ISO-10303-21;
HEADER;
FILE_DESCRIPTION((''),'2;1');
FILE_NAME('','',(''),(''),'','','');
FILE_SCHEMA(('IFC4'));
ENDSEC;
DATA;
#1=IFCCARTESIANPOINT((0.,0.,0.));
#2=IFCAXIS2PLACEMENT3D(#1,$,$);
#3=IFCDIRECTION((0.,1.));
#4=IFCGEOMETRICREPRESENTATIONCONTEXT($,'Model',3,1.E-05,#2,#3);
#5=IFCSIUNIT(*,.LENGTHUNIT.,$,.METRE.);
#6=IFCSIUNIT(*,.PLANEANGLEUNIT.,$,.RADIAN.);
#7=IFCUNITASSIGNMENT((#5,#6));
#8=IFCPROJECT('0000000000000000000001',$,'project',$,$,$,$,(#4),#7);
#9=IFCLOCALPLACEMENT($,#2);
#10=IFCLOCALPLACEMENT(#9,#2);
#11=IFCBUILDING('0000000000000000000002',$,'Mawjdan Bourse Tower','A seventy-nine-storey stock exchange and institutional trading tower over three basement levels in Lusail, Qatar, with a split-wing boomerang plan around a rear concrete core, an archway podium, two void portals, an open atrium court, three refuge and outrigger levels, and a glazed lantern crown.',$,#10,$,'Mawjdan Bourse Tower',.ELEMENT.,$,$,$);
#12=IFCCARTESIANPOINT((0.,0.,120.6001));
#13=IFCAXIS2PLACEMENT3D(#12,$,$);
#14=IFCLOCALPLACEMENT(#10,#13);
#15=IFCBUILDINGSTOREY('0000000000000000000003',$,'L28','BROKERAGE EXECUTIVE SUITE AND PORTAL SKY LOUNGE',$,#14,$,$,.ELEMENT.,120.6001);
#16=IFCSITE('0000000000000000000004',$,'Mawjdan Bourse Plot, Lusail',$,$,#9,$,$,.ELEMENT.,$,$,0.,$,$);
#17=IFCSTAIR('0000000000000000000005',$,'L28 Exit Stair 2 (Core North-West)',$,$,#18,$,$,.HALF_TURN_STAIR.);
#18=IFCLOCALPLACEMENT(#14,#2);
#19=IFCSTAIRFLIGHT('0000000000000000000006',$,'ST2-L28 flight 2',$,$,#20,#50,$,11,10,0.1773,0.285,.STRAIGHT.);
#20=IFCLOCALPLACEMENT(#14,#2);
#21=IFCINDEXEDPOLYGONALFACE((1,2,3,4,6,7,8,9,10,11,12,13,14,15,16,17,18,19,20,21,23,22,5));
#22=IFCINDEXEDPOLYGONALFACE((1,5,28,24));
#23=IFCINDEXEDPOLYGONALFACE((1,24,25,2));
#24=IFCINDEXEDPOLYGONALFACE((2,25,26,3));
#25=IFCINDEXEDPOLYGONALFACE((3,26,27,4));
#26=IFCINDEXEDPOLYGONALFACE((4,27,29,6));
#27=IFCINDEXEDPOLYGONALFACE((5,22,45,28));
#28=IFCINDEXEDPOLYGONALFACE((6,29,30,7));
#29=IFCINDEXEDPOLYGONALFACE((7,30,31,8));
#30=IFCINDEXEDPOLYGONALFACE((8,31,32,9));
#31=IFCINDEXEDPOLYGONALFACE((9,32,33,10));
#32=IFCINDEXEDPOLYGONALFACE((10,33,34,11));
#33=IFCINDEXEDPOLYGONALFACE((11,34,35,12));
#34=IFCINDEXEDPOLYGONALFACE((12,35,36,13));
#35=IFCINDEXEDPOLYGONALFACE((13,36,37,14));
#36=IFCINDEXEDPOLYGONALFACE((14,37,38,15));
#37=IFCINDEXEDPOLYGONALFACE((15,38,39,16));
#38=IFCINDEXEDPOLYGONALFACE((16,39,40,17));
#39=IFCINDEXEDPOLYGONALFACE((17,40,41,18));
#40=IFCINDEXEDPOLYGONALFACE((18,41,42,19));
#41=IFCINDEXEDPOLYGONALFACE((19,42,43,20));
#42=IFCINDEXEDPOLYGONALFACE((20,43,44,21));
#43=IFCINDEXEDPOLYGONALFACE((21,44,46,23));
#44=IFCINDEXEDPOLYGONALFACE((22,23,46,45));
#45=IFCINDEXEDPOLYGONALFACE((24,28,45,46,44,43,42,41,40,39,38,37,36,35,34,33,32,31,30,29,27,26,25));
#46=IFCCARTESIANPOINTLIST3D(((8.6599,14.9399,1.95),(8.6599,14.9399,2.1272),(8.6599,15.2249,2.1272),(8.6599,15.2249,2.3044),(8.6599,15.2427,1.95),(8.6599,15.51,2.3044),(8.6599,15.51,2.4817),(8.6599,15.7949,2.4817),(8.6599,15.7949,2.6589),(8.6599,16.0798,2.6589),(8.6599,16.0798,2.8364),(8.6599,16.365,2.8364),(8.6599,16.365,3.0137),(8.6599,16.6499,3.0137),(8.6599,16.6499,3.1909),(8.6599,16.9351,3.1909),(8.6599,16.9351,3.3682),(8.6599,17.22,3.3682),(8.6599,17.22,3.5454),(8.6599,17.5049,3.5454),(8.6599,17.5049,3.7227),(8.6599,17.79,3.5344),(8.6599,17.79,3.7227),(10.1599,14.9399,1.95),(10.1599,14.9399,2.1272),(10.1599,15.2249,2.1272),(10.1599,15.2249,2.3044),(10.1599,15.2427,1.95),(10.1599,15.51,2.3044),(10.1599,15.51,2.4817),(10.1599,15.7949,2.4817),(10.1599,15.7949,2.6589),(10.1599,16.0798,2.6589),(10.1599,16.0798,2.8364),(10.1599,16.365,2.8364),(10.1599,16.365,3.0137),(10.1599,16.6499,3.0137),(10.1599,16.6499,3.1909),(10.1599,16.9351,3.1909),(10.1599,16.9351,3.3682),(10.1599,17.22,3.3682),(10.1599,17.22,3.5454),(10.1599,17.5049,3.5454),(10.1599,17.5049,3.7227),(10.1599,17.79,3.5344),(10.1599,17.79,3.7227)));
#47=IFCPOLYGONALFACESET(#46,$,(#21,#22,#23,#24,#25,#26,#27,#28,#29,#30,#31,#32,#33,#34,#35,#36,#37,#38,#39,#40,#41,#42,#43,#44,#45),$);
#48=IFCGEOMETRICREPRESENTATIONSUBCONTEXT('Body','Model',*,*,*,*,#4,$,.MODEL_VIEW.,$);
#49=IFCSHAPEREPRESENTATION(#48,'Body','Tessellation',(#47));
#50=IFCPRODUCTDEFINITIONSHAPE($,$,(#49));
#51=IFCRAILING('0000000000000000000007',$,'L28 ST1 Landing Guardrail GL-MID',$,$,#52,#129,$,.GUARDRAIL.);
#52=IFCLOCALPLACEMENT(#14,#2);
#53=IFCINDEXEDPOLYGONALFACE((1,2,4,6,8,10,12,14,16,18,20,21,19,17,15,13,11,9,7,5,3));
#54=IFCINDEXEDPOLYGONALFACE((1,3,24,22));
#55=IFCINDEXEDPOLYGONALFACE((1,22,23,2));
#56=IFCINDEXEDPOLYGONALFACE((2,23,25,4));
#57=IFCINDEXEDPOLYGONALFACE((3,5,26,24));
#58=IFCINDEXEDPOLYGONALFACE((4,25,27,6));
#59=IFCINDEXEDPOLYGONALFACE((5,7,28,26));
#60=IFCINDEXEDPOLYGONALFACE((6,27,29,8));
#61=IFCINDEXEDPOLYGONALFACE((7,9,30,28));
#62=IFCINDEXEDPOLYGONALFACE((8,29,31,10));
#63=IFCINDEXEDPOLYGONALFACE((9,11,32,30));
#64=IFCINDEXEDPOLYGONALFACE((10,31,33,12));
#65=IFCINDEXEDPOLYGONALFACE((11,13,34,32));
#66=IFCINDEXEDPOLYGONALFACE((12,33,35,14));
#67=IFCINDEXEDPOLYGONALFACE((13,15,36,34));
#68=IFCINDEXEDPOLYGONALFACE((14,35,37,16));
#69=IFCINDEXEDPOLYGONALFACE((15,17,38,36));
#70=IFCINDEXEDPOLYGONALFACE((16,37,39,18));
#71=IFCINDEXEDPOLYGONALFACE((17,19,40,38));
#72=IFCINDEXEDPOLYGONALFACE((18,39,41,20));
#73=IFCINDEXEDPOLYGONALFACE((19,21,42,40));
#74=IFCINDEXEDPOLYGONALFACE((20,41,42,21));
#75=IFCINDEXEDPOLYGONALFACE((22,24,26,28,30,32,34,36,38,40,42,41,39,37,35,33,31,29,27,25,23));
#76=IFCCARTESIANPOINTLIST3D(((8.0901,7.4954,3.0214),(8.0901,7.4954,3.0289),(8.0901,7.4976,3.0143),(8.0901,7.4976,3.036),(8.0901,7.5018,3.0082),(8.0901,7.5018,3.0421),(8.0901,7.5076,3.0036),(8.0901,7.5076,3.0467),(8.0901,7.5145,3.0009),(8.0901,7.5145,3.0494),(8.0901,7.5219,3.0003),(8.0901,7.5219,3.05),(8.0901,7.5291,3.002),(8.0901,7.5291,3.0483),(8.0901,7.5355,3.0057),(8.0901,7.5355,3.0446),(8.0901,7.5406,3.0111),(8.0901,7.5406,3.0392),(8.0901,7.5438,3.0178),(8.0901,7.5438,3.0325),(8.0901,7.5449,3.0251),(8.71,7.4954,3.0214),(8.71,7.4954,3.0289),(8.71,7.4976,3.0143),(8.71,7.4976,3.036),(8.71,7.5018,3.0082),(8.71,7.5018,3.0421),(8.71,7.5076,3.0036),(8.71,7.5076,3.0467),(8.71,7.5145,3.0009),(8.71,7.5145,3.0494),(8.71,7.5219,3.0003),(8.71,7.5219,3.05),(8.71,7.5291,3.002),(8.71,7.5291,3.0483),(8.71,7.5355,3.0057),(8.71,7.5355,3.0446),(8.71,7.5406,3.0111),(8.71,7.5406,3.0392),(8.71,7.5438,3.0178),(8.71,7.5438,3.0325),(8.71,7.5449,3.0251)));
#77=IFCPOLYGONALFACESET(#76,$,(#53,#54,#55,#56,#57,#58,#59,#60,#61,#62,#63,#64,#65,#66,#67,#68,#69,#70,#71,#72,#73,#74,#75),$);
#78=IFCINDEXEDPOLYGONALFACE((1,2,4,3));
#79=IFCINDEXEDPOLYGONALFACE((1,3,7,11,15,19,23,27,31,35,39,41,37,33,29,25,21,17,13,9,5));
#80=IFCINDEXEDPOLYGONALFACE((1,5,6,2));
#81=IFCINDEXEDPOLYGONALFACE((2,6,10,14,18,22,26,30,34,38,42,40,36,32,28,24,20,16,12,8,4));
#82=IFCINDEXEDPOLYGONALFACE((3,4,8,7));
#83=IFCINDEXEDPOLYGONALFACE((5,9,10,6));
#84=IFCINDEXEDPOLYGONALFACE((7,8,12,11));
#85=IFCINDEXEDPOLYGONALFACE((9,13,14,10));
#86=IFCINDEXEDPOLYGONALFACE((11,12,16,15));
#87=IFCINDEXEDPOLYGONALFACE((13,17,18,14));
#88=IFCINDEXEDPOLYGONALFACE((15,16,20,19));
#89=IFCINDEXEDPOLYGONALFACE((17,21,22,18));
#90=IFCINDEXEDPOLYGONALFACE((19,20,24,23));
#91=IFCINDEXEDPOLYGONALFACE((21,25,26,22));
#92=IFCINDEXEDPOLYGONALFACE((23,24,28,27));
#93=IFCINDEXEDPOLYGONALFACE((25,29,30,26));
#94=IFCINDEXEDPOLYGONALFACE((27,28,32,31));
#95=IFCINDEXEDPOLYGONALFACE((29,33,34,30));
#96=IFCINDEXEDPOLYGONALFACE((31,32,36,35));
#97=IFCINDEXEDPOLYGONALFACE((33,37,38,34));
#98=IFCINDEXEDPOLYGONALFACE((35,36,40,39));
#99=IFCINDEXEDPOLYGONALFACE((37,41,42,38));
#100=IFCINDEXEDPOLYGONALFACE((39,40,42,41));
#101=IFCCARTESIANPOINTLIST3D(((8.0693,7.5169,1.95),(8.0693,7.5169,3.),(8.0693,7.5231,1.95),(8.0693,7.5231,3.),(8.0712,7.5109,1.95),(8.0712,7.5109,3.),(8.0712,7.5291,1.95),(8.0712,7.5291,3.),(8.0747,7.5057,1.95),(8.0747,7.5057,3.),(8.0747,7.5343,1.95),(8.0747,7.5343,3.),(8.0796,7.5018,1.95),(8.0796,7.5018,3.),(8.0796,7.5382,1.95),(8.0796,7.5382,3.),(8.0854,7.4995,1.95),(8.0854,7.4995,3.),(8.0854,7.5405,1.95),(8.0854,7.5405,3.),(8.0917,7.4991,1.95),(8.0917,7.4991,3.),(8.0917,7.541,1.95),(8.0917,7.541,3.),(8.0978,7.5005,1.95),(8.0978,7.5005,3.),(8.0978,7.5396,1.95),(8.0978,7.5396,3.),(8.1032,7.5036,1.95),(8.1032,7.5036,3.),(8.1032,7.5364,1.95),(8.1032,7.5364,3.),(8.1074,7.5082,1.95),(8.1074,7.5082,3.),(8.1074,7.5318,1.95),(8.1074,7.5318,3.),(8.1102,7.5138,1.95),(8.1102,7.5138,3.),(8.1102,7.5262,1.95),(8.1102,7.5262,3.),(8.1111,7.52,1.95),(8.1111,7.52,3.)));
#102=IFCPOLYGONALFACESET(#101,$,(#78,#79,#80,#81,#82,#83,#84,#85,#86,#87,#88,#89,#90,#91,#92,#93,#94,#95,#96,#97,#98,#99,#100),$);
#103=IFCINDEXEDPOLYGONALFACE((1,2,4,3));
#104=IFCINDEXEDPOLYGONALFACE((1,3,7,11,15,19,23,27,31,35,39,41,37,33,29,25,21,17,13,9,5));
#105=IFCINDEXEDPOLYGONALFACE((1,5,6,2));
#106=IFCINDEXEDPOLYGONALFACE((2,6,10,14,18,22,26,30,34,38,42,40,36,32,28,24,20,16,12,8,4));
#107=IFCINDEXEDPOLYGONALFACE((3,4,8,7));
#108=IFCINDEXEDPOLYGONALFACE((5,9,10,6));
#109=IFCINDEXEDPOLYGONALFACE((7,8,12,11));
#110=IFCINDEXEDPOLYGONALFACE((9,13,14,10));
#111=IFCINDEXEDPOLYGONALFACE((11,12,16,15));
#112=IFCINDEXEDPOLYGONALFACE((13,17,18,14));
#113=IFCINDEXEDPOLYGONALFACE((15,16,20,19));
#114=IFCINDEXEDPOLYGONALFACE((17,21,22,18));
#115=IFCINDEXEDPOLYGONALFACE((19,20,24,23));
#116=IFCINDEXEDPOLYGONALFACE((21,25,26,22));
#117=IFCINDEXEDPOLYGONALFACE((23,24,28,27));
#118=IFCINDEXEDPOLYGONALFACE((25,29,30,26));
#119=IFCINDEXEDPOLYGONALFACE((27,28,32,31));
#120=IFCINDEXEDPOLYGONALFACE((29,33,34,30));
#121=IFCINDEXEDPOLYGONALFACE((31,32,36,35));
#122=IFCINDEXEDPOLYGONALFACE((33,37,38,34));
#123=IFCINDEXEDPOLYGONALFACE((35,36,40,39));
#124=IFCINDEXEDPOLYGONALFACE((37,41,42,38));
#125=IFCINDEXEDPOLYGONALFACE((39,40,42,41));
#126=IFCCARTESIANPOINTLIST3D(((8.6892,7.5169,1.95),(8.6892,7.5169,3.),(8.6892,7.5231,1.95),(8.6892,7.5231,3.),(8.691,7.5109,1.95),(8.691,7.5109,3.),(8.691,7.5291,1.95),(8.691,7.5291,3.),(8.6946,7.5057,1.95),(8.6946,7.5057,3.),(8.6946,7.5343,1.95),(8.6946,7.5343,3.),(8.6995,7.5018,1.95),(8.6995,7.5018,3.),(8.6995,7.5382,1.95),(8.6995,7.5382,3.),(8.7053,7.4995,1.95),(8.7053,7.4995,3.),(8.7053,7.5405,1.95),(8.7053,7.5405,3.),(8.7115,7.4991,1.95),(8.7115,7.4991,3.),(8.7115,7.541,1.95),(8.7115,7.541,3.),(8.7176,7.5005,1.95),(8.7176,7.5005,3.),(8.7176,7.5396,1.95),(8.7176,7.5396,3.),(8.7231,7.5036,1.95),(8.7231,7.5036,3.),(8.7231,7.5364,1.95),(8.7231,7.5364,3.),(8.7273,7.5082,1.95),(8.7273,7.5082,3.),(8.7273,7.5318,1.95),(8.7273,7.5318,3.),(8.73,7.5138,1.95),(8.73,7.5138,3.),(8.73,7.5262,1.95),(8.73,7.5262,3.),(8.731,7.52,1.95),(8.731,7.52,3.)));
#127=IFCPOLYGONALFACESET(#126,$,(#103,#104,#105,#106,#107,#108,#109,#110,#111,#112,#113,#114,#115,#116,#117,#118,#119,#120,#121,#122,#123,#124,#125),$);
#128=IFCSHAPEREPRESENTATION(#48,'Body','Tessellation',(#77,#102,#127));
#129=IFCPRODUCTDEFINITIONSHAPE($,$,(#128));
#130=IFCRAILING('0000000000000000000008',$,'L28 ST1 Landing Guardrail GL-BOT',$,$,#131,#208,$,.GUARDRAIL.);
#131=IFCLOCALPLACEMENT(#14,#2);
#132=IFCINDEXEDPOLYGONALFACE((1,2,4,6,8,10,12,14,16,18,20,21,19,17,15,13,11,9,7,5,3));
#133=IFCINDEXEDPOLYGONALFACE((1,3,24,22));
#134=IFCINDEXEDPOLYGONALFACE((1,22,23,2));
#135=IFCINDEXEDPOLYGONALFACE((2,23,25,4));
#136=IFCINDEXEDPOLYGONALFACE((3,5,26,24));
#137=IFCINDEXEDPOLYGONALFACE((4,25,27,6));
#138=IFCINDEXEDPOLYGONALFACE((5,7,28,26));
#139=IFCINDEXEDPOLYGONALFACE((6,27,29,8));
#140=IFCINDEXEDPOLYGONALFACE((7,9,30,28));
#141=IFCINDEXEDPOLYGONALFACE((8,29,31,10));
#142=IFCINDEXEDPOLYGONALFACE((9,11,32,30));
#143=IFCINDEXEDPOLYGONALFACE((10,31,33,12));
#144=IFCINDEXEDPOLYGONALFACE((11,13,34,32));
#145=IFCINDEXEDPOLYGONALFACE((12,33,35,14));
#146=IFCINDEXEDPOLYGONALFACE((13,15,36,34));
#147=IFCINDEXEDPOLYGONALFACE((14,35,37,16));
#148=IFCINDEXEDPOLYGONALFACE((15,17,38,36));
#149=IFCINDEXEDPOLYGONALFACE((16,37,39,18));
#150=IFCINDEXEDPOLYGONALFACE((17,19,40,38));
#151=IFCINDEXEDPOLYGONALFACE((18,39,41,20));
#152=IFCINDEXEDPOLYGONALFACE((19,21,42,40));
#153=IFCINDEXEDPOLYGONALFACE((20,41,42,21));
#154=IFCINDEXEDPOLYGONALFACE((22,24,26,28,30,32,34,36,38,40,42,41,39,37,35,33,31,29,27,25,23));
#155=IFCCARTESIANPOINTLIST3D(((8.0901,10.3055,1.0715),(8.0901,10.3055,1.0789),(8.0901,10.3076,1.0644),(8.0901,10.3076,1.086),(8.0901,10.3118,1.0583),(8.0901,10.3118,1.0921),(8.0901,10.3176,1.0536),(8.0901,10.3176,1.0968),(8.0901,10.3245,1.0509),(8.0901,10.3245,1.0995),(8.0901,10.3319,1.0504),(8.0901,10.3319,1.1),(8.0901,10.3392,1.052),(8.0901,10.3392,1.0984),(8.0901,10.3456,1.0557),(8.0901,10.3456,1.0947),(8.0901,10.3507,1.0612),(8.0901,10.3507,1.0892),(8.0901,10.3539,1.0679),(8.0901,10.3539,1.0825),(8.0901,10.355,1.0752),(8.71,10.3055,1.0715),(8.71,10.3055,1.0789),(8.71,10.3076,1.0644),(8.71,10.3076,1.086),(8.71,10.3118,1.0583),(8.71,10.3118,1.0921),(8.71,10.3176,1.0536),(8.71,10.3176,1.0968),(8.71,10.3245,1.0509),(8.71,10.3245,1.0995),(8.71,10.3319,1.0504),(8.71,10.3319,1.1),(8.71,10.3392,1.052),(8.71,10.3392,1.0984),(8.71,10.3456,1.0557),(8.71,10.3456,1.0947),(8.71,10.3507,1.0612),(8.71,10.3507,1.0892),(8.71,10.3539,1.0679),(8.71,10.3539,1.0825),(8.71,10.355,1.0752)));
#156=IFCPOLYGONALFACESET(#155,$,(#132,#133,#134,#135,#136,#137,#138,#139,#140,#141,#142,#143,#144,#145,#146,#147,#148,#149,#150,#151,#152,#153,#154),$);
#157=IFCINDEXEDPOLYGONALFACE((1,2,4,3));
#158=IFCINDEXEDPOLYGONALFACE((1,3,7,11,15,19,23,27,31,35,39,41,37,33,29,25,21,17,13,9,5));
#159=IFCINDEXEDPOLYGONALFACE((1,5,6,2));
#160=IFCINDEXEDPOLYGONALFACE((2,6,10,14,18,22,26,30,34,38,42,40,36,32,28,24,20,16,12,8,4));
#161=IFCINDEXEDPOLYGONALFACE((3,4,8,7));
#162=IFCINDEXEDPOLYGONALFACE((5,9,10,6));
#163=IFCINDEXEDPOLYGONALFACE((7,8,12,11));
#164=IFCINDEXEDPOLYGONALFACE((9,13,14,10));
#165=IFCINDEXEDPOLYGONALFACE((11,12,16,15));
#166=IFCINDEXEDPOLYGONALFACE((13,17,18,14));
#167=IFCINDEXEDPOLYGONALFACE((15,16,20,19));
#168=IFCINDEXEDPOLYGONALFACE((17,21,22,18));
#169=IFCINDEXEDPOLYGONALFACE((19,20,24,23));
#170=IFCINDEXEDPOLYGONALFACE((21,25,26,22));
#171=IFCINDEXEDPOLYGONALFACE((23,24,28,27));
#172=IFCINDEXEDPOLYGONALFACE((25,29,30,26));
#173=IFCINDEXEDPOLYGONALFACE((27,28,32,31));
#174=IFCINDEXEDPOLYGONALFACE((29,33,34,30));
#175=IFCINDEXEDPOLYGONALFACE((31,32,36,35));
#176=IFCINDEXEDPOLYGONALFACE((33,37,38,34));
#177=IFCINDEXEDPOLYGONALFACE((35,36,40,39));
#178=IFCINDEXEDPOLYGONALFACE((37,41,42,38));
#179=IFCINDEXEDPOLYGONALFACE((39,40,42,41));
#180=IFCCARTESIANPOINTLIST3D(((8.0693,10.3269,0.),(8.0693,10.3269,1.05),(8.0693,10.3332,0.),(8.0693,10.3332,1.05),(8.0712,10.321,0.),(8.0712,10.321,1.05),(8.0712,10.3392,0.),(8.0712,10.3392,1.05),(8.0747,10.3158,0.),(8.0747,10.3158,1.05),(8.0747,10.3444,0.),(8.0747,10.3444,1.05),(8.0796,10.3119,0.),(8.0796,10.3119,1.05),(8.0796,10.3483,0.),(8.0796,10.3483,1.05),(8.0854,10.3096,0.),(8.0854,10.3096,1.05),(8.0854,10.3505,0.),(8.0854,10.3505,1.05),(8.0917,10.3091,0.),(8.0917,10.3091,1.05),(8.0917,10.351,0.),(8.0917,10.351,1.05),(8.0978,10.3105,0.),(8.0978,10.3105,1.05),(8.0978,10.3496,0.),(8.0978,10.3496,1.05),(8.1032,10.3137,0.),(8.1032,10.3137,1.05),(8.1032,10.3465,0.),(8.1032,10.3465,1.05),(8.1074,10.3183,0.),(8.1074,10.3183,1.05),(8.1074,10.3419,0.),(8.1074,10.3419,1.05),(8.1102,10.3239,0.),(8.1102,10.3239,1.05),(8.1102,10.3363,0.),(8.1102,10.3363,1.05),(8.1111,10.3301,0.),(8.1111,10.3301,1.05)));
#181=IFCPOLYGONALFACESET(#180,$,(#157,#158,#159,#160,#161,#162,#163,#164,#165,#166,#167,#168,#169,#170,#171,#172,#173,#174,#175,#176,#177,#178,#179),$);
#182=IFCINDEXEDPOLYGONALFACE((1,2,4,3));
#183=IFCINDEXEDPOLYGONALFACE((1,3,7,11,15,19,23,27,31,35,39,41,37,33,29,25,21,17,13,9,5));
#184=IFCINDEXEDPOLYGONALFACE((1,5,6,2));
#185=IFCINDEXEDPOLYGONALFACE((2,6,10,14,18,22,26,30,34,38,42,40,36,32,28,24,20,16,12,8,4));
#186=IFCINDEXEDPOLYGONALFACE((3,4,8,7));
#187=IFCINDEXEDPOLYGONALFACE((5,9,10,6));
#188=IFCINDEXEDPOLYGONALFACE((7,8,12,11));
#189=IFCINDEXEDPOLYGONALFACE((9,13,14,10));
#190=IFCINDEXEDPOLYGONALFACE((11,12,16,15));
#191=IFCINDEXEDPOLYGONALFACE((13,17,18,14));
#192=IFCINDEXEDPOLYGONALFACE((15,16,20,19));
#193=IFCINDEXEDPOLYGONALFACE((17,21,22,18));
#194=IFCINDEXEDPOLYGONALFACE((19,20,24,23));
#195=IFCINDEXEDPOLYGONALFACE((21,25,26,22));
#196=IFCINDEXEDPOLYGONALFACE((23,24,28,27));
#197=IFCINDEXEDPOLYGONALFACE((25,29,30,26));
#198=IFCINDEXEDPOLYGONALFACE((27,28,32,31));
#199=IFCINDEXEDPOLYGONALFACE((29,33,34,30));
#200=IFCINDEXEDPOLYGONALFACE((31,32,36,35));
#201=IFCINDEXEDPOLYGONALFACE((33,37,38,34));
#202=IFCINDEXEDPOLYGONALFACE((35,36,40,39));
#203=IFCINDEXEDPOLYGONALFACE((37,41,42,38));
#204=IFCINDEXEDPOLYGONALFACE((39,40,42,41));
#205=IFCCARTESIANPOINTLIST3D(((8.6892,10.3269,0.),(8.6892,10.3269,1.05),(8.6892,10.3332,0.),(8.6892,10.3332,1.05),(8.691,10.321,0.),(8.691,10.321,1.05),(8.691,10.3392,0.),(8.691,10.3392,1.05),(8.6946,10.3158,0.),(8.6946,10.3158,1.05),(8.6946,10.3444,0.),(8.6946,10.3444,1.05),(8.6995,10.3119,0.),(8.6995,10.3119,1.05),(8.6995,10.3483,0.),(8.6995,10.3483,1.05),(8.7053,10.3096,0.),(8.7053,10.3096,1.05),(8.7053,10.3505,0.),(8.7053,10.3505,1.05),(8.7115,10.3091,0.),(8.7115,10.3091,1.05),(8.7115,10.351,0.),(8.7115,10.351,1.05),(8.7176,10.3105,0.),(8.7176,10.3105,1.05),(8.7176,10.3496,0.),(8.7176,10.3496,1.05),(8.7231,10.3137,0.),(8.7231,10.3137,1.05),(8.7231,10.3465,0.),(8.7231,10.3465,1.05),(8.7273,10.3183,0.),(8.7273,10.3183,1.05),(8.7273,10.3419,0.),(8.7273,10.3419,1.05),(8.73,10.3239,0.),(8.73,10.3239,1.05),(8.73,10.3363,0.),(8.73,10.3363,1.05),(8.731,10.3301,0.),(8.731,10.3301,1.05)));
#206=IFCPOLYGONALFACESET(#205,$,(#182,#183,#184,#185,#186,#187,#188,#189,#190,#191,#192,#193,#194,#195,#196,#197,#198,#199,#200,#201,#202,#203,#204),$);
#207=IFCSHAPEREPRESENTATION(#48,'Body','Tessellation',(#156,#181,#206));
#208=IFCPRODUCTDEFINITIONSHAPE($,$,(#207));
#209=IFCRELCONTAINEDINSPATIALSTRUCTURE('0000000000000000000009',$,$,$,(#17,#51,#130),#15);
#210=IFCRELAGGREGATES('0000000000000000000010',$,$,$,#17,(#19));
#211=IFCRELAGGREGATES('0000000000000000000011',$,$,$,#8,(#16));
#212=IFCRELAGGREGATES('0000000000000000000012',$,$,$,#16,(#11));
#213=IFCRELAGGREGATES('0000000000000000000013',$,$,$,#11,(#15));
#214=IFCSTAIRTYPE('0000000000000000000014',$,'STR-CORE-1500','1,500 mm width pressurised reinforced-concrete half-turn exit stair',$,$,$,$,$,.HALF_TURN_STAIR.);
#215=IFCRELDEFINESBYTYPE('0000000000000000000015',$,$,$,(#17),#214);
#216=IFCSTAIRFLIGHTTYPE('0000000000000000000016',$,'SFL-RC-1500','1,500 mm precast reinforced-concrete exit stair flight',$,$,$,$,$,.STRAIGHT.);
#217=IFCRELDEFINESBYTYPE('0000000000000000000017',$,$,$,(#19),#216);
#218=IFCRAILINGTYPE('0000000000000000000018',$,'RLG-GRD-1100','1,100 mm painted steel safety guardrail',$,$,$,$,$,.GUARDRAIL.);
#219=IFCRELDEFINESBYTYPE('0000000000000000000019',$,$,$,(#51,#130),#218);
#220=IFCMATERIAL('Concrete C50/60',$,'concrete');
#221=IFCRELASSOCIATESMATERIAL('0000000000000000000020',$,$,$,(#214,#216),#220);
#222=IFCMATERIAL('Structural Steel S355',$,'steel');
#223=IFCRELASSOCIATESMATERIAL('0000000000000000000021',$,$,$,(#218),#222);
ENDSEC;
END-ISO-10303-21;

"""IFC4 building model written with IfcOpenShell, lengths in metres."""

from ifc_helpers import new_model, si_unit, direction, frame, origin, origin_2d, place, context, subcontext, project, spatial, polyline, circle, outline, extrude, material, type_object, element, aggregate, save


model = new_model("IFC4")

# Units and contexts
model_context = context("Model", 3, precision=1e-05, world=origin(), true_north=direction((0.0, 1.0)))
body_context = subcontext(model_context, "Body", "Model", "MODEL_VIEW")
ifc_project = project(units=[si_unit("LENGTHUNIT", "METRE"), si_unit("PLANEANGLEUNIT", "RADIAN")], contexts=[model_context])

# Site, building, storey
site_placement = place(None, origin())
site = spatial("IfcSite", under=ifc_project, at=site_placement, Name="Mawjdan Bourse Plot, Lusail", CompositionType="ELEMENT", RefElevation=0.0)
building_placement = place(site_placement, origin())
building = spatial("IfcBuilding", under=site, at=building_placement, Name="Mawjdan Bourse Tower", Description="A seventy-nine-storey stock exchange and institutional trading tower over three basement levels in Lusail, Qatar, with a split-wing boomerang plan around a rear concrete core, an archway podium, two void portals, an open atrium court, three refuge and outrigger levels, and a glazed lantern crown.", LongName="Mawjdan Bourse Tower", CompositionType="ELEMENT")
storey_placement = place(building_placement, frame((0.0, 0.0, 120.6001)))
storey = spatial("IfcBuildingStorey", under=building, at=storey_placement, Name="L28", Description="BROKERAGE EXECUTIVE SUITE AND PORTAL SKY LOUNGE", CompositionType="ELEMENT", Elevation=120.6001)

# Shared definitions
ifc_material_1 = material(Name="Structural Steel S355", Category="steel")

# Shared definitions
ifc_material_2 = material(Name="Concrete C50/60", Category="concrete")

# Stair, stair flight
stair_type = type_object("IfcStairType", Name="STR-CORE-1500", Description="1,500 mm width pressurised reinforced-concrete half-turn exit stair", PredefinedType="HALF_TURN_STAIR", material=ifc_material_2)
stair_flight_type = type_object("IfcStairFlightType", Name="SFL-RC-1500", Description="1,500 mm precast reinforced-concrete exit stair flight", PredefinedType="STRAIGHT", material=ifc_material_2)
stair_1_placement = place(storey_placement, origin())
stair_1 = element("IfcStair", 1, at=stair_1_placement, inside=storey, type_object=stair_type, Name="L28 Exit Stair 2 (Core North-West)", PredefinedType="HALF_TURN_STAIR")
stair_flight_1_placement = place(storey_placement, frame((9.4099, 14.9399, 1.95), z_axis=(0.0, 0.0, 1.0), x_axis=(0.0, 1.0, 0.0)))
stair_flight_1 = element("IfcStairFlight", 2, at=stair_flight_1_placement, type_object=stair_flight_type, Name="ST2-L28 flight 2", NumberOfRisers=11, NumberOfTreads=10, PredefinedType="STRAIGHT", RiserHeight=0.1773, TreadLength=0.285, context=body_context, shape_type="SweptSolid", body=[
    extrude(outline(polyline([(0.0, 0.0), (0.0, 0.1772), (0.2849, 0.1772), (0.2849, 0.3545), (0.5701, 0.3545), (0.5701, 0.5317), (0.855, 0.5317), (0.855, 0.709), (1.1399, 0.709), (1.1399, 0.8865), (1.425, 0.8865), (1.425, 1.0637), (1.71, 1.0637), (1.71, 1.241), (1.9951, 1.241), (1.9951, 1.4182), (2.28, 1.4182), (2.28, 1.5955), (2.5649, 1.5955), (2.5649, 1.7727), (2.8501, 1.7727), (2.8501, 1.95), (2.8501, 1.5845), (0.3027, 0.0), (0.0, 0.0)])), frame((0.0, 0.75, 0.0), z_axis=(0.0, -1.0, 0.0), x_axis=(1.0, 0.0, 0.0)), (0.0, 0.0, 1.0), 1.5),
])
aggregate(stair_1, [stair_flight_1])

# Railings
railing_type_1 = type_object("IfcRailingType", Name="RLG-GRD-1100", Description="1,100 mm painted steel safety guardrail", PredefinedType="GUARDRAIL", material=ifc_material_1)
for number, where, name in (
    (3, (8.0901, 7.52, 1.95), "L28 ST1 Landing Guardrail GL-MID"),
    (4, (8.0901, 10.3301, 0.0), "L28 ST1 Landing Guardrail GL-BOT"),
):
    element("IfcRailing", number, at=place(storey_placement, frame(where)), inside=storey, type_object=railing_type_1, Name=name, PredefinedType="GUARDRAIL", context=body_context, shape_type="SweptSolid", body=[
        extrude(circle(Radius=0.0249, at=origin_2d()), frame((0.0, 0.0, 1.0752), z_axis=(1.0, 0.0, 0.0), x_axis=(0.0, 1.0, 0.0)), (0.0, 0.0, 1.0), 0.6199),
        extrude(circle(Radius=0.021, at=origin_2d()), origin(), (0.0, 0.0, 1.0), 1.05),
        extrude(circle(Radius=0.021, at=origin_2d()), frame((0.6199, 0.0, 0.0)), (0.0, 0.0, 1.0), 1.05),
    ])

save(model, "model.ifc")
